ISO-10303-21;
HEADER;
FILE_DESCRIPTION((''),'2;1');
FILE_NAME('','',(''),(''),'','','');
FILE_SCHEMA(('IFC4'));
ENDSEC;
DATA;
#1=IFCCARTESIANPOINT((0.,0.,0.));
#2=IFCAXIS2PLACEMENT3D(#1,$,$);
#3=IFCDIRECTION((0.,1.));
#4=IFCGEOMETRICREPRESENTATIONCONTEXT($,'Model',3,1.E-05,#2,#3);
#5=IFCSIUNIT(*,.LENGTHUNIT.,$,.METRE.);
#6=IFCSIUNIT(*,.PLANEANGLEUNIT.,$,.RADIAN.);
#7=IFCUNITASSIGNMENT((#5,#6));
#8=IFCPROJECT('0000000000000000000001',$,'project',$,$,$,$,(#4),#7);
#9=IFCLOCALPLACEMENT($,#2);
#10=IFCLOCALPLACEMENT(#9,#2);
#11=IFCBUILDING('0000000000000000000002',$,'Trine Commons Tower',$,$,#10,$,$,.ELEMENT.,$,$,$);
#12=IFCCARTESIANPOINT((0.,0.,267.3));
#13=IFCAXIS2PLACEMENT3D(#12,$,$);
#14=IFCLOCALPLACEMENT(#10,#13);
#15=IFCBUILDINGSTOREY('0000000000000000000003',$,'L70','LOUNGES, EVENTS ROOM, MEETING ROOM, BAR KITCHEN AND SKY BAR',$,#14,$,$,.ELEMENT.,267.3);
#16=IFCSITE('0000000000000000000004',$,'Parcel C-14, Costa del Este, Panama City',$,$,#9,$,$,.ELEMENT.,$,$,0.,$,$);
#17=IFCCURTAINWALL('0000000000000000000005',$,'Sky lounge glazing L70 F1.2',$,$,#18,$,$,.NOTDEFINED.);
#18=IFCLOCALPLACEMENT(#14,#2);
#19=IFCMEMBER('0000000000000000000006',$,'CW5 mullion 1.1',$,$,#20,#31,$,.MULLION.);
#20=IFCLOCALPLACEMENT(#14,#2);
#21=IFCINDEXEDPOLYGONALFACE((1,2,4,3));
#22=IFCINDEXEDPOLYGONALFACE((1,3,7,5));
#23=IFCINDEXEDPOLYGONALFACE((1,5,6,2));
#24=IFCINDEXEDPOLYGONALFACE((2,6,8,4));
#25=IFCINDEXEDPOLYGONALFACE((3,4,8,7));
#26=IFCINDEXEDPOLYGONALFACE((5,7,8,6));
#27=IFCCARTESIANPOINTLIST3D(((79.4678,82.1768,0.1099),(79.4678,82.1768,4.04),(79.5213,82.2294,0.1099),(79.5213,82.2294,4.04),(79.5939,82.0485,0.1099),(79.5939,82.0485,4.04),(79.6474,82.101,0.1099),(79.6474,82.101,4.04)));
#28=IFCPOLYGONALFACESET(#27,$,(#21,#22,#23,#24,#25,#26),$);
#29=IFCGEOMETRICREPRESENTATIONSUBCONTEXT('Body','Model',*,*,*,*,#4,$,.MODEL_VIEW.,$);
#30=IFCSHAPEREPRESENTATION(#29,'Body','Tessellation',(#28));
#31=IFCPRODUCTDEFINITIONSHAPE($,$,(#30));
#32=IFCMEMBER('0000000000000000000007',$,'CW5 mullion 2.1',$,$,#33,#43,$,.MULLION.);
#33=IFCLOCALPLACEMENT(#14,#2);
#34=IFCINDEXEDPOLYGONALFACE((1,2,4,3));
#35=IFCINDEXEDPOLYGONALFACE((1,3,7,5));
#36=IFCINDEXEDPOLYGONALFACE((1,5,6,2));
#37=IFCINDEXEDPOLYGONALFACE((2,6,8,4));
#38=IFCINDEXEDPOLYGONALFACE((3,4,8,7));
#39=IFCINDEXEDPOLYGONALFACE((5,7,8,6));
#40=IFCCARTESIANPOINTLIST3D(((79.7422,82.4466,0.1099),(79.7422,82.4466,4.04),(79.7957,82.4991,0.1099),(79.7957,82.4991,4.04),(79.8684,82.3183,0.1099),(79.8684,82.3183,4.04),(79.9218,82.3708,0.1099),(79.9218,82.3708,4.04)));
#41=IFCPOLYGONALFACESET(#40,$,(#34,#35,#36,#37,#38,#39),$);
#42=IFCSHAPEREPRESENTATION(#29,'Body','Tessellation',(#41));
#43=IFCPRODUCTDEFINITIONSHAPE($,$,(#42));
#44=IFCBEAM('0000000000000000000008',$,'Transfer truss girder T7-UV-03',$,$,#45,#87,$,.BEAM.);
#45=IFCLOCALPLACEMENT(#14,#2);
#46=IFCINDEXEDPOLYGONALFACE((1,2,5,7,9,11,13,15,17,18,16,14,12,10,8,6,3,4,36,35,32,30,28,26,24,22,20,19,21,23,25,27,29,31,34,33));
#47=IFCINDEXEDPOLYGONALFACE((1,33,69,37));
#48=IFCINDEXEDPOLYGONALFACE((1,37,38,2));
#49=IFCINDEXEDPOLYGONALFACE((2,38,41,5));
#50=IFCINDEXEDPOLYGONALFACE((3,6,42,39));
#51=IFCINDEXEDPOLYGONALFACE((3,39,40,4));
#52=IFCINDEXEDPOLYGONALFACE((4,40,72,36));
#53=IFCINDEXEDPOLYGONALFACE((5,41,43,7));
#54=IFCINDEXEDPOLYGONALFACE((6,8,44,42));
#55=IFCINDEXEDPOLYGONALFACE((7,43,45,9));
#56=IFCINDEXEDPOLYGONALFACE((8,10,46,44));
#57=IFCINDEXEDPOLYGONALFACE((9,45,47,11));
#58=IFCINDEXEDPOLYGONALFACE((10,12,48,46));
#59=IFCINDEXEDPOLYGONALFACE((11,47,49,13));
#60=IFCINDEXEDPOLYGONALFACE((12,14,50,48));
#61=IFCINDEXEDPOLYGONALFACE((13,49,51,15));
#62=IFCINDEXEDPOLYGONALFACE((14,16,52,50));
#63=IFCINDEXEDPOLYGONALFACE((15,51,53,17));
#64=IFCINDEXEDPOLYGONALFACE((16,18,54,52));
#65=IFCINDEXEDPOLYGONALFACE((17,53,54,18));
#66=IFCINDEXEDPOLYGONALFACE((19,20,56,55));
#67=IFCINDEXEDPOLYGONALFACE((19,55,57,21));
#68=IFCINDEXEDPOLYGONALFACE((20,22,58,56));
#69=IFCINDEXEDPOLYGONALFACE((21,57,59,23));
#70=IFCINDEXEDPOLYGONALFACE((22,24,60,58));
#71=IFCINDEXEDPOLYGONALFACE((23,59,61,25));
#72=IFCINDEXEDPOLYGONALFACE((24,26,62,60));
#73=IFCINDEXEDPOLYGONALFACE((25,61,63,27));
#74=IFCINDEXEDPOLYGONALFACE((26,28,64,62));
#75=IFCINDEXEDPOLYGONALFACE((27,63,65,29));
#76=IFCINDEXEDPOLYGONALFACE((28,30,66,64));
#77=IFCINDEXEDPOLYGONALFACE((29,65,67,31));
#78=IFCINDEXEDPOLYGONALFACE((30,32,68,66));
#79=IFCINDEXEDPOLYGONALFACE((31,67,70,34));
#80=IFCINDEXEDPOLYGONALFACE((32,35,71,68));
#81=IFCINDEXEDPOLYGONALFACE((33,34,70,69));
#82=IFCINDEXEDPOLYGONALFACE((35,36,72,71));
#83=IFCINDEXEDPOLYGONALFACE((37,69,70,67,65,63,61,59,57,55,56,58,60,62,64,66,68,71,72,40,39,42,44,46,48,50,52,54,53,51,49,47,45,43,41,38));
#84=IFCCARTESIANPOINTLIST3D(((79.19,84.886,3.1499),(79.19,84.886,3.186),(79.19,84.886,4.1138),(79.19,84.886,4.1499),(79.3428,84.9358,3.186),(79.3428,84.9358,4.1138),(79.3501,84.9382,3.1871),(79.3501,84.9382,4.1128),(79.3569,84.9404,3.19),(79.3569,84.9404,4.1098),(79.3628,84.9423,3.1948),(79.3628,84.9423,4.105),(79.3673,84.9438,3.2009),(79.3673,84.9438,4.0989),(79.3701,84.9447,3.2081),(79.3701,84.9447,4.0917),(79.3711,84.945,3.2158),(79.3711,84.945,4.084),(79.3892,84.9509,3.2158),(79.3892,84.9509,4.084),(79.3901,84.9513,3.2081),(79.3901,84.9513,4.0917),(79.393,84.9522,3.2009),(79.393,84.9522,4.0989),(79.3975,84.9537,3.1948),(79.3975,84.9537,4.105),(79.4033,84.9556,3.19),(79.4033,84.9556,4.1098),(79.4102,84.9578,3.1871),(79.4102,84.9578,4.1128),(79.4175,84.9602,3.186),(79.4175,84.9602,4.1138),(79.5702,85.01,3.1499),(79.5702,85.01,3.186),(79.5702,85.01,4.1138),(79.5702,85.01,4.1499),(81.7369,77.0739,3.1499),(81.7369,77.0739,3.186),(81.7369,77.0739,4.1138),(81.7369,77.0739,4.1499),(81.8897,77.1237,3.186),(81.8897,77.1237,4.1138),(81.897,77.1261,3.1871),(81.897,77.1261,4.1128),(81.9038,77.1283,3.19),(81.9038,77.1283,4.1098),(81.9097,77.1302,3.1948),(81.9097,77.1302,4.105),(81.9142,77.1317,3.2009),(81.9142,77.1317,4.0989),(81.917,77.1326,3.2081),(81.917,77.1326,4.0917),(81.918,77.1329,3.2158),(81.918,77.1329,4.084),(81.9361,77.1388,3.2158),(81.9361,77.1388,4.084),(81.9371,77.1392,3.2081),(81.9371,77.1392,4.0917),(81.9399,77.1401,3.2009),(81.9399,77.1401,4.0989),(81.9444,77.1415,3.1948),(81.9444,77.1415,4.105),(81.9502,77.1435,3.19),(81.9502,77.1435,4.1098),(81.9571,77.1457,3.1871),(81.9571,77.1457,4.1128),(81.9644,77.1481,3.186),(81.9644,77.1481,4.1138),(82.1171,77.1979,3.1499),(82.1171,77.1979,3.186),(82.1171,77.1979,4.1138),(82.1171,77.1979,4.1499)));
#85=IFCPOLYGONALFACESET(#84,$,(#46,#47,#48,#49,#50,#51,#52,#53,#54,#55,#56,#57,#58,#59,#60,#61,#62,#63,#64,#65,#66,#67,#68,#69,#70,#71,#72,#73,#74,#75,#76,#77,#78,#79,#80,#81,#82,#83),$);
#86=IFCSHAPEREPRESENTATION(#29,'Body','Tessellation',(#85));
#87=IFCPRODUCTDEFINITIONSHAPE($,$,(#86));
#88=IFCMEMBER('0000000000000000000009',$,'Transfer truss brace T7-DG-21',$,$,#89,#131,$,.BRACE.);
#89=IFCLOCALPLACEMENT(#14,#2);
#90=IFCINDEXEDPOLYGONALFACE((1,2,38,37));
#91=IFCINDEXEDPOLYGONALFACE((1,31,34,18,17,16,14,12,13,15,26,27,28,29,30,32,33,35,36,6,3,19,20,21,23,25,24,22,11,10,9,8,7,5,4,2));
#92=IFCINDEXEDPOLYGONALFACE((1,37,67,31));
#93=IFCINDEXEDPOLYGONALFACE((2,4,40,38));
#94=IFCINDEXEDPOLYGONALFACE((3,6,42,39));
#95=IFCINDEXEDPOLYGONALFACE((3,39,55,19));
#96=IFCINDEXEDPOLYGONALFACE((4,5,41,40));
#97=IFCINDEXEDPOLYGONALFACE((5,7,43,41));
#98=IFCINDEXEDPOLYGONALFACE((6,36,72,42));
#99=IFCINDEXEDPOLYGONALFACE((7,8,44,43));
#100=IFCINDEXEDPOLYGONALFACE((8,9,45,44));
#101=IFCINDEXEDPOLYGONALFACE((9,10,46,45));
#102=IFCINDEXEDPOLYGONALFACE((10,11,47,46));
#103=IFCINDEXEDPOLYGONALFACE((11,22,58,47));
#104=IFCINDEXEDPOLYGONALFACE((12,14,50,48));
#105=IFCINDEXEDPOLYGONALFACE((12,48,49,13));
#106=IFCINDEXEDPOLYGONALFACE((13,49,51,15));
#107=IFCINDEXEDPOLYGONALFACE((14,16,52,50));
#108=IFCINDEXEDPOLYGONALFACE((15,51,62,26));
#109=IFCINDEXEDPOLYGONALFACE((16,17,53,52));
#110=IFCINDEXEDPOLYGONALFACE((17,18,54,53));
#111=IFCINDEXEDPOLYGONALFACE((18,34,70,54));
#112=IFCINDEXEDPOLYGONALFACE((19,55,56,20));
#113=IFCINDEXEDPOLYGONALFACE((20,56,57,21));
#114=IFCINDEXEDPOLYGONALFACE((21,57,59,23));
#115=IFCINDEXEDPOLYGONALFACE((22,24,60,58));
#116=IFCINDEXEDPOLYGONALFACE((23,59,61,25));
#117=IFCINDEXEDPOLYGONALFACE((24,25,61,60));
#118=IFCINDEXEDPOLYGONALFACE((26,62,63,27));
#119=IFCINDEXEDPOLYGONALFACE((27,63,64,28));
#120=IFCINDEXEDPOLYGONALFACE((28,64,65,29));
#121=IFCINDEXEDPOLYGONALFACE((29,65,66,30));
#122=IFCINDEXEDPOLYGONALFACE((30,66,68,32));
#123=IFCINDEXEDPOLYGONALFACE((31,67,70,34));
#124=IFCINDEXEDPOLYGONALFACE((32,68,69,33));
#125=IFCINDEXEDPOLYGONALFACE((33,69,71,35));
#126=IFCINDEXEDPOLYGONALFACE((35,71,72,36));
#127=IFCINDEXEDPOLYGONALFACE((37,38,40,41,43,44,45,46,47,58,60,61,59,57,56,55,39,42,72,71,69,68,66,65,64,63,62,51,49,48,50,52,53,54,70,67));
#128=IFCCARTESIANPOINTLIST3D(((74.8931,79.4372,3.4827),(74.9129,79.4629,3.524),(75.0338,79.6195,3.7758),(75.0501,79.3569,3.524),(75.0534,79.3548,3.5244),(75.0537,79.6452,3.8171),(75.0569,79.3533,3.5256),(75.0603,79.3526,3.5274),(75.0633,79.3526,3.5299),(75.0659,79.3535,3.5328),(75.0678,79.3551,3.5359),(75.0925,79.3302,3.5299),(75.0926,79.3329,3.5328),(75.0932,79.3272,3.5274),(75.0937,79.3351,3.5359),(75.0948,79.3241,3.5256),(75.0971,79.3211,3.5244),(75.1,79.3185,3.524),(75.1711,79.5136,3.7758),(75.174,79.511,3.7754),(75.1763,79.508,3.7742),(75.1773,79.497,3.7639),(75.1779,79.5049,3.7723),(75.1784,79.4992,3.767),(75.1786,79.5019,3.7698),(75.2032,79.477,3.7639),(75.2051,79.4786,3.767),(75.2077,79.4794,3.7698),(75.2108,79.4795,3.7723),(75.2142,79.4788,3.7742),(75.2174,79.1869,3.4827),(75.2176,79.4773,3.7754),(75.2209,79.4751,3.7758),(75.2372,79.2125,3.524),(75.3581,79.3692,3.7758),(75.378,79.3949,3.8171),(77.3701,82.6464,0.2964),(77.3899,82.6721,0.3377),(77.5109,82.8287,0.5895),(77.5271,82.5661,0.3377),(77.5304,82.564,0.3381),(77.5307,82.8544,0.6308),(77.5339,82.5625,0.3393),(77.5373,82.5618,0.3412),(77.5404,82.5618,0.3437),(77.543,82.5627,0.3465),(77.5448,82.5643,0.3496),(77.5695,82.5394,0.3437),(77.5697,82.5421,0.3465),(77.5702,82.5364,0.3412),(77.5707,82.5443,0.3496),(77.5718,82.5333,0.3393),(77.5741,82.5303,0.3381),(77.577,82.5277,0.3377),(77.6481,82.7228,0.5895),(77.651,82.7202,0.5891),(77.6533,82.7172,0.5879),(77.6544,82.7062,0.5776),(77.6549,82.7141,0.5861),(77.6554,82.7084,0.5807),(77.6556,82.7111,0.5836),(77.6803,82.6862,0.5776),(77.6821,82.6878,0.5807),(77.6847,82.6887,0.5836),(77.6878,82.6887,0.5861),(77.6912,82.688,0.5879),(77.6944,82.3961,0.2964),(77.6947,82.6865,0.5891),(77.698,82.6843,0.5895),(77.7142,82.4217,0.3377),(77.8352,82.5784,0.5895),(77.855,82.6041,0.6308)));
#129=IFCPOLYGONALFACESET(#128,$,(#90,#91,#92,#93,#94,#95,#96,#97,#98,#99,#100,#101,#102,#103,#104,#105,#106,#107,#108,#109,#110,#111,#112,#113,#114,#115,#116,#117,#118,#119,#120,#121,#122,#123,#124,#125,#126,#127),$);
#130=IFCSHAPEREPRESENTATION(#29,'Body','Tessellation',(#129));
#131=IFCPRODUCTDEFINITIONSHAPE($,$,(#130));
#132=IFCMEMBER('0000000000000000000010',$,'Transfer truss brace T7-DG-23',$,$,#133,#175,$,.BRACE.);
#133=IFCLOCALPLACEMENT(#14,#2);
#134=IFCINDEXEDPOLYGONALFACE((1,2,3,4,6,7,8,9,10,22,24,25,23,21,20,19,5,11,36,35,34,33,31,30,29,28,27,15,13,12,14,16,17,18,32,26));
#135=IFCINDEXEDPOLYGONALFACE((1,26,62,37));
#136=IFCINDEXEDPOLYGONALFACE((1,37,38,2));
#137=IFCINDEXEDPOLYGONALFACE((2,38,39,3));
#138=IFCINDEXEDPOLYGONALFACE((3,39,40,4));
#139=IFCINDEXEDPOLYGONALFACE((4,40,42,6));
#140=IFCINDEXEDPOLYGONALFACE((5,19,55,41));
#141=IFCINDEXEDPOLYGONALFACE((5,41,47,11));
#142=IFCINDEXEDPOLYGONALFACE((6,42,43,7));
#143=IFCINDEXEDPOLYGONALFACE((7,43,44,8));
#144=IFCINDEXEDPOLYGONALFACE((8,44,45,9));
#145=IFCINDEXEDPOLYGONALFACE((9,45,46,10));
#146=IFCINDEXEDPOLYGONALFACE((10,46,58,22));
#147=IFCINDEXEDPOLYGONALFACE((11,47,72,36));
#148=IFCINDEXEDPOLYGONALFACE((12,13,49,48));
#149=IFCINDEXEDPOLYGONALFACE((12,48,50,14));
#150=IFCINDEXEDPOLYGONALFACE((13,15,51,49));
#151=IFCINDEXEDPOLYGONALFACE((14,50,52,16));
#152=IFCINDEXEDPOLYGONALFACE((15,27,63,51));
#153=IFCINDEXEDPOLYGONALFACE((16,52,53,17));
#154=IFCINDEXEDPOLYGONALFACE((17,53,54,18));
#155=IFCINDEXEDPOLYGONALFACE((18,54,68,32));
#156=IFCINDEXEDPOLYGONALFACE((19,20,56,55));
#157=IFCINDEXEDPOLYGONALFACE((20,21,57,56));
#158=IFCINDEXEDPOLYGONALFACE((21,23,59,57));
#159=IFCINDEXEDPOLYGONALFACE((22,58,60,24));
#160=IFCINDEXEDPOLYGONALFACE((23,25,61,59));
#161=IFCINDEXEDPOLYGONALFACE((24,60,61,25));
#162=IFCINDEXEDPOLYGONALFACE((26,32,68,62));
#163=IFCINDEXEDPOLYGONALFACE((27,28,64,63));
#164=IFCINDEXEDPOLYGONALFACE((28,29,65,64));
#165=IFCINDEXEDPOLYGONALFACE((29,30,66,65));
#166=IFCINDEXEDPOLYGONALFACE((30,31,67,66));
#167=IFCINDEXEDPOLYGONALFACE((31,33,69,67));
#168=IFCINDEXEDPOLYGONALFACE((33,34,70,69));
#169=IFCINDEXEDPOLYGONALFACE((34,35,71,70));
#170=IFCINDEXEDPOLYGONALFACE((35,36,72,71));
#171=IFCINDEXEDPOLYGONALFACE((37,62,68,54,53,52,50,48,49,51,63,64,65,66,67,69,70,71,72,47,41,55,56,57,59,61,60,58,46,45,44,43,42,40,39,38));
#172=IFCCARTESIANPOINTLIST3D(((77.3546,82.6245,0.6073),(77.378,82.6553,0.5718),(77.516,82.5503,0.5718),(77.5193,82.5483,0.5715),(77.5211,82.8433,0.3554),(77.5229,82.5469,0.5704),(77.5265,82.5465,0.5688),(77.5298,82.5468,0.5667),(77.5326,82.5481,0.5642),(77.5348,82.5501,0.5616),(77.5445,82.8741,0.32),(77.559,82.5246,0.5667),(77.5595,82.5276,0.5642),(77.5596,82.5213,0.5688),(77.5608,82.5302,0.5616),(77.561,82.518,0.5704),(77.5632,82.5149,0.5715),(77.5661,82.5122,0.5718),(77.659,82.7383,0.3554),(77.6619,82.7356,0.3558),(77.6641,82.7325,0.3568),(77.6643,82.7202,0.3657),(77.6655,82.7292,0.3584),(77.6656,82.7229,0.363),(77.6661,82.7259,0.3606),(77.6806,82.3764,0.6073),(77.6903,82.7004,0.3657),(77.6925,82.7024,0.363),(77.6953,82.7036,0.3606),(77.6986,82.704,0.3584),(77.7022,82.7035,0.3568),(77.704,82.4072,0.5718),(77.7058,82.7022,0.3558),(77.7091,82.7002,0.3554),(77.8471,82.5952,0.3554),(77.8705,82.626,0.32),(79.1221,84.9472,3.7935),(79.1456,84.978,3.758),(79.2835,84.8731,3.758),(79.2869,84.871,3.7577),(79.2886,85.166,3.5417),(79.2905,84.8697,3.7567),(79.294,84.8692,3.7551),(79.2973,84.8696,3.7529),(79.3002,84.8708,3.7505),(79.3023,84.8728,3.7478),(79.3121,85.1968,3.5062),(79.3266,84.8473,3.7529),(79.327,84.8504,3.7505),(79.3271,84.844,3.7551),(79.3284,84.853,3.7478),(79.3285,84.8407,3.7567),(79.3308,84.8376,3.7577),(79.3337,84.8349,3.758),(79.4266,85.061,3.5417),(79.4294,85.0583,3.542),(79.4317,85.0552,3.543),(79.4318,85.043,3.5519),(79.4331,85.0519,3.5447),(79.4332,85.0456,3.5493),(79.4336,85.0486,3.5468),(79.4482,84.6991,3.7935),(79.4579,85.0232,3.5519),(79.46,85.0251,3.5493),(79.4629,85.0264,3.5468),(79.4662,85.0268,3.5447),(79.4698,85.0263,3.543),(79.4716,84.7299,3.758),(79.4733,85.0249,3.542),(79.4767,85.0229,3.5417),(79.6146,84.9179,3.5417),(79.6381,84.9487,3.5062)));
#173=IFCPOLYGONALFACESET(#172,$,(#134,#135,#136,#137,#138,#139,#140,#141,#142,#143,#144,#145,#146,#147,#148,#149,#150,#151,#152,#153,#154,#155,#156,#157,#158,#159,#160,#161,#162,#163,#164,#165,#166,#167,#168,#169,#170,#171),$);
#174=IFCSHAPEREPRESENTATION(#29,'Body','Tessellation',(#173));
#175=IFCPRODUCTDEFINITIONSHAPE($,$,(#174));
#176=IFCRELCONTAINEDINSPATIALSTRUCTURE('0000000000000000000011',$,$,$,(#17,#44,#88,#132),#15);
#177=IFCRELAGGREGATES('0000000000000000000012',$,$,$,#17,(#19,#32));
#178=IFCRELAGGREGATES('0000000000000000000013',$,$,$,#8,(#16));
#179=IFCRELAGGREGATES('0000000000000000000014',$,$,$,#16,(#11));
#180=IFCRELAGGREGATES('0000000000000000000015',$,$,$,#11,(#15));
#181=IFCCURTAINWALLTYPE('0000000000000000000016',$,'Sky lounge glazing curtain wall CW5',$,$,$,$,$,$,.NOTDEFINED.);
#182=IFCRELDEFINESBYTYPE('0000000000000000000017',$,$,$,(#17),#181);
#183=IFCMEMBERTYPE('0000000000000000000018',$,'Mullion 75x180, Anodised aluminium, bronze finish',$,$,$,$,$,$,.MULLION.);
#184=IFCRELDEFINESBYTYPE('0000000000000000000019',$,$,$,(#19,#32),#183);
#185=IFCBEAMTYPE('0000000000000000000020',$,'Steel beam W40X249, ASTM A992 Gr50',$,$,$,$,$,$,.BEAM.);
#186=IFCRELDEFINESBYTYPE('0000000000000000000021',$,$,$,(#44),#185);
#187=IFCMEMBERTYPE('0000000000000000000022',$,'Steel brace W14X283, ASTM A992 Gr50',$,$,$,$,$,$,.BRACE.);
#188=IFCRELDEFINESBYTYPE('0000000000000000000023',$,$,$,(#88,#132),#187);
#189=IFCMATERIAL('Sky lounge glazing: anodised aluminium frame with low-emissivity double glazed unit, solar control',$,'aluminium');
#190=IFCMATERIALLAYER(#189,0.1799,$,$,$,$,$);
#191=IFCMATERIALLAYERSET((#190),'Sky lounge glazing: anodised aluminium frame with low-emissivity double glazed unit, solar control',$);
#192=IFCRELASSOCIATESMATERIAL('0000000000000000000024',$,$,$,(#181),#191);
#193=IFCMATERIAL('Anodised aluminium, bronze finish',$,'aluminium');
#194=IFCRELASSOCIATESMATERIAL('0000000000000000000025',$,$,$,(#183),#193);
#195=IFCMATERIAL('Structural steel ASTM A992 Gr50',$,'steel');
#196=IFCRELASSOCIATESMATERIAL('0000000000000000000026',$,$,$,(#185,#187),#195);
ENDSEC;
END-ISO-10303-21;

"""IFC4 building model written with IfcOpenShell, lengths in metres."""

from ifc_helpers import new_model, si_unit, direction, frame, origin, origin_2d, place, context, subcontext, project, spatial, rectangle, i_section, extrude, material, layer, layer_set, material_profile, profile_set, type_object, element, aggregate, save


model = new_model("IFC4")

# Units and contexts
model_context = context("Model", 3, precision=1e-05, world=origin(), true_north=direction((0.0, 1.0)))
body_context = subcontext(model_context, "Body", "Model", "MODEL_VIEW")
ifc_project = project(units=[si_unit("LENGTHUNIT", "METRE"), si_unit("PLANEANGLEUNIT", "RADIAN")], contexts=[model_context])

# Site, building, storey
site_placement = place(None, origin())
site = spatial("IfcSite", under=ifc_project, at=site_placement, Name="Parcel C-14, Costa del Este, Panama City", CompositionType="ELEMENT", RefElevation=0.0)
building_placement = place(site_placement, origin())
building = spatial("IfcBuilding", under=site, at=building_placement, Name="Trine Commons Tower", CompositionType="ELEMENT")
storey_placement = place(building_placement, frame((0.0, 0.0, 267.3)))
storey = spatial("IfcBuildingStorey", under=building, at=storey_placement, Name="L70", Description="LOUNGES, EVENTS ROOM, MEETING ROOM, BAR KITCHEN AND SKY BAR", CompositionType="ELEMENT", Elevation=267.3)

# Curtain wall, members
ifc_material_1 = material(Name="Sky lounge glazing: anodised aluminium frame with low-emissivity double glazed unit, solar control", Category="aluminium")
ifc_layer_1 = layer(ifc_material_1, 0.1799)
ifc_layer_set_1 = layer_set([ifc_layer_1], Name="Sky lounge glazing: anodised aluminium frame with low-emissivity double glazed unit, solar control")
curtain_wall_type = type_object("IfcCurtainWallType", Name="Sky lounge glazing curtain wall CW5", PredefinedType="NOTDEFINED", material=ifc_layer_set_1)
curtain_wall_1_placement = place(storey_placement, origin())
curtain_wall_1 = element("IfcCurtainWall", 1, at=curtain_wall_1_placement, inside=storey, type_object=curtain_wall_type, Name="Sky lounge glazing L70 F1.2", PredefinedType="NOTDEFINED")
ifc_material_2 = material(Name="Anodised aluminium, bronze finish", Category="aluminium")
ifc_material_profile_1 = material_profile(ifc_material_2, rectangle(XDim=0.1799, YDim=0.075, at=origin_2d()), Name="Mullion 75x180")
ifc_profile_set_1 = profile_set([ifc_material_profile_1], Name="Anodised aluminium, bronze finish")
member_type_1 = type_object("IfcMemberType", Name="Mullion 75x180, Anodised aluminium, bronze finish", PredefinedType="MULLION", material=ifc_profile_set_1)
member_1_placement = place(storey_placement, frame((79.5576, 82.1389, 0.1099), z_axis=(0.0, 0.0, 1.0), x_axis=(-0.700909, 0.71325, 0.0)))
member_1 = element("IfcMember", 2, at=member_1_placement, type_object=member_type_1, Name="CW5 mullion 1.1", PredefinedType="MULLION", context=body_context, shape_type="SweptSolid", body=[
    extrude(rectangle(XDim=0.1799, YDim=0.075, at=origin_2d()), origin(), (0.0, 0.0, 1.0), 3.9302),
])
member_2_placement = place(storey_placement, frame((79.832, 82.4087, 0.1099), z_axis=(0.0, 0.0, 1.0), x_axis=(-0.700909, 0.71325, 0.0)))
member_2 = element("IfcMember", 3, at=member_2_placement, type_object=member_type_1, Name="CW5 mullion 2.1", PredefinedType="MULLION", context=body_context, shape_type="SweptSolid", body=[
    extrude(rectangle(XDim=0.1799, YDim=0.075, at=origin_2d()), origin(), (0.0, 0.0, 1.0), 3.9302),
])

# Beam
ifc_material_3 = material(Name="Structural steel ASTM A992 Gr50", Category="steel")
ifc_material_profile_2 = material_profile(ifc_material_3, i_section(OverallWidth=0.3999, OverallDepth=1.0, WebThickness=0.019, FlangeThickness=0.0361, FilletRadius=0.0298, at=origin_2d()), Name="W40X249")
ifc_profile_set_2 = profile_set([ifc_material_profile_2], Name="Structural steel ASTM A992 Gr50")
beam_type = type_object("IfcBeamType", Name="Steel beam W40X249, ASTM A992 Gr50", PredefinedType="BEAM", material=ifc_profile_set_2)
beam_placement = place(storey_placement, frame((79.3801, 84.948, 3.6499), z_axis=(0.309963, -0.950748, 0.0), x_axis=(0.950748, 0.309963, 0.0)))
element("IfcBeam", 4, at=beam_placement, inside=storey, type_object=beam_type, Name="Transfer truss girder T7-UV-03", PredefinedType="BEAM", context=body_context, shape_type="SweptSolid", body=[
    extrude(i_section(OverallWidth=0.3999, OverallDepth=1.0, WebThickness=0.019, FlangeThickness=0.0361, FilletRadius=0.0298, at=origin_2d()), origin(), (0.0, 0.0, 1.0), 8.2168),
])

# Members
ifc_material_profile_3 = material_profile(ifc_material_3, i_section(OverallWidth=0.4097, OverallDepth=0.4253, WebThickness=0.0327, FlangeThickness=0.0525, FilletRadius=0.0151, at=origin_2d()), Name="W14X283")
ifc_profile_set_3 = profile_set([ifc_material_profile_3], Name="Structural steel ASTM A992 Gr50")
member_type_2 = type_object("IfcMemberType", Name="Steel brace W14X283, ASTM A992 Gr50", PredefinedType="BRACE", material=ifc_profile_set_3)
member_3_placement = place(storey_placement, frame((77.6125, 82.6252, 0.4636), z_axis=(-0.480394, -0.622391, 0.617941), x_axis=(0.79162, -0.611014, 0.0)))
element("IfcMember", 5, at=member_3_placement, inside=storey, type_object=member_type_2, Name="Transfer truss brace T7-DG-21", PredefinedType="BRACE", context=body_context, shape_type="SweptSolid", body=[
    extrude(i_section(OverallWidth=0.4097, OverallDepth=0.4253, WebThickness=0.0327, FlangeThickness=0.0525, FilletRadius=0.0151, at=origin_2d()), origin(), (0.0, 0.0, 1.0), 5.1562),
])
member_4_placement = place(storey_placement, frame((77.6125, 82.6252, 0.4636), z_axis=(0.409058, 0.537538, 0.737377), x_axis=(-0.795785, 0.605579, 0.0)))
element("IfcMember", 6, at=member_4_placement, inside=storey, type_object=member_type_2, Name="Transfer truss brace T7-DG-23", PredefinedType="BRACE", context=body_context, shape_type="SweptSolid", body=[
    extrude(i_section(OverallWidth=0.4097, OverallDepth=0.4253, WebThickness=0.0327, FlangeThickness=0.0525, FilletRadius=0.0151, at=origin_2d()), origin(), (0.0, 0.0, 1.0), 4.321),
])

aggregate(curtain_wall_1, [member_1, member_2])

save(model, "model.ifc")
